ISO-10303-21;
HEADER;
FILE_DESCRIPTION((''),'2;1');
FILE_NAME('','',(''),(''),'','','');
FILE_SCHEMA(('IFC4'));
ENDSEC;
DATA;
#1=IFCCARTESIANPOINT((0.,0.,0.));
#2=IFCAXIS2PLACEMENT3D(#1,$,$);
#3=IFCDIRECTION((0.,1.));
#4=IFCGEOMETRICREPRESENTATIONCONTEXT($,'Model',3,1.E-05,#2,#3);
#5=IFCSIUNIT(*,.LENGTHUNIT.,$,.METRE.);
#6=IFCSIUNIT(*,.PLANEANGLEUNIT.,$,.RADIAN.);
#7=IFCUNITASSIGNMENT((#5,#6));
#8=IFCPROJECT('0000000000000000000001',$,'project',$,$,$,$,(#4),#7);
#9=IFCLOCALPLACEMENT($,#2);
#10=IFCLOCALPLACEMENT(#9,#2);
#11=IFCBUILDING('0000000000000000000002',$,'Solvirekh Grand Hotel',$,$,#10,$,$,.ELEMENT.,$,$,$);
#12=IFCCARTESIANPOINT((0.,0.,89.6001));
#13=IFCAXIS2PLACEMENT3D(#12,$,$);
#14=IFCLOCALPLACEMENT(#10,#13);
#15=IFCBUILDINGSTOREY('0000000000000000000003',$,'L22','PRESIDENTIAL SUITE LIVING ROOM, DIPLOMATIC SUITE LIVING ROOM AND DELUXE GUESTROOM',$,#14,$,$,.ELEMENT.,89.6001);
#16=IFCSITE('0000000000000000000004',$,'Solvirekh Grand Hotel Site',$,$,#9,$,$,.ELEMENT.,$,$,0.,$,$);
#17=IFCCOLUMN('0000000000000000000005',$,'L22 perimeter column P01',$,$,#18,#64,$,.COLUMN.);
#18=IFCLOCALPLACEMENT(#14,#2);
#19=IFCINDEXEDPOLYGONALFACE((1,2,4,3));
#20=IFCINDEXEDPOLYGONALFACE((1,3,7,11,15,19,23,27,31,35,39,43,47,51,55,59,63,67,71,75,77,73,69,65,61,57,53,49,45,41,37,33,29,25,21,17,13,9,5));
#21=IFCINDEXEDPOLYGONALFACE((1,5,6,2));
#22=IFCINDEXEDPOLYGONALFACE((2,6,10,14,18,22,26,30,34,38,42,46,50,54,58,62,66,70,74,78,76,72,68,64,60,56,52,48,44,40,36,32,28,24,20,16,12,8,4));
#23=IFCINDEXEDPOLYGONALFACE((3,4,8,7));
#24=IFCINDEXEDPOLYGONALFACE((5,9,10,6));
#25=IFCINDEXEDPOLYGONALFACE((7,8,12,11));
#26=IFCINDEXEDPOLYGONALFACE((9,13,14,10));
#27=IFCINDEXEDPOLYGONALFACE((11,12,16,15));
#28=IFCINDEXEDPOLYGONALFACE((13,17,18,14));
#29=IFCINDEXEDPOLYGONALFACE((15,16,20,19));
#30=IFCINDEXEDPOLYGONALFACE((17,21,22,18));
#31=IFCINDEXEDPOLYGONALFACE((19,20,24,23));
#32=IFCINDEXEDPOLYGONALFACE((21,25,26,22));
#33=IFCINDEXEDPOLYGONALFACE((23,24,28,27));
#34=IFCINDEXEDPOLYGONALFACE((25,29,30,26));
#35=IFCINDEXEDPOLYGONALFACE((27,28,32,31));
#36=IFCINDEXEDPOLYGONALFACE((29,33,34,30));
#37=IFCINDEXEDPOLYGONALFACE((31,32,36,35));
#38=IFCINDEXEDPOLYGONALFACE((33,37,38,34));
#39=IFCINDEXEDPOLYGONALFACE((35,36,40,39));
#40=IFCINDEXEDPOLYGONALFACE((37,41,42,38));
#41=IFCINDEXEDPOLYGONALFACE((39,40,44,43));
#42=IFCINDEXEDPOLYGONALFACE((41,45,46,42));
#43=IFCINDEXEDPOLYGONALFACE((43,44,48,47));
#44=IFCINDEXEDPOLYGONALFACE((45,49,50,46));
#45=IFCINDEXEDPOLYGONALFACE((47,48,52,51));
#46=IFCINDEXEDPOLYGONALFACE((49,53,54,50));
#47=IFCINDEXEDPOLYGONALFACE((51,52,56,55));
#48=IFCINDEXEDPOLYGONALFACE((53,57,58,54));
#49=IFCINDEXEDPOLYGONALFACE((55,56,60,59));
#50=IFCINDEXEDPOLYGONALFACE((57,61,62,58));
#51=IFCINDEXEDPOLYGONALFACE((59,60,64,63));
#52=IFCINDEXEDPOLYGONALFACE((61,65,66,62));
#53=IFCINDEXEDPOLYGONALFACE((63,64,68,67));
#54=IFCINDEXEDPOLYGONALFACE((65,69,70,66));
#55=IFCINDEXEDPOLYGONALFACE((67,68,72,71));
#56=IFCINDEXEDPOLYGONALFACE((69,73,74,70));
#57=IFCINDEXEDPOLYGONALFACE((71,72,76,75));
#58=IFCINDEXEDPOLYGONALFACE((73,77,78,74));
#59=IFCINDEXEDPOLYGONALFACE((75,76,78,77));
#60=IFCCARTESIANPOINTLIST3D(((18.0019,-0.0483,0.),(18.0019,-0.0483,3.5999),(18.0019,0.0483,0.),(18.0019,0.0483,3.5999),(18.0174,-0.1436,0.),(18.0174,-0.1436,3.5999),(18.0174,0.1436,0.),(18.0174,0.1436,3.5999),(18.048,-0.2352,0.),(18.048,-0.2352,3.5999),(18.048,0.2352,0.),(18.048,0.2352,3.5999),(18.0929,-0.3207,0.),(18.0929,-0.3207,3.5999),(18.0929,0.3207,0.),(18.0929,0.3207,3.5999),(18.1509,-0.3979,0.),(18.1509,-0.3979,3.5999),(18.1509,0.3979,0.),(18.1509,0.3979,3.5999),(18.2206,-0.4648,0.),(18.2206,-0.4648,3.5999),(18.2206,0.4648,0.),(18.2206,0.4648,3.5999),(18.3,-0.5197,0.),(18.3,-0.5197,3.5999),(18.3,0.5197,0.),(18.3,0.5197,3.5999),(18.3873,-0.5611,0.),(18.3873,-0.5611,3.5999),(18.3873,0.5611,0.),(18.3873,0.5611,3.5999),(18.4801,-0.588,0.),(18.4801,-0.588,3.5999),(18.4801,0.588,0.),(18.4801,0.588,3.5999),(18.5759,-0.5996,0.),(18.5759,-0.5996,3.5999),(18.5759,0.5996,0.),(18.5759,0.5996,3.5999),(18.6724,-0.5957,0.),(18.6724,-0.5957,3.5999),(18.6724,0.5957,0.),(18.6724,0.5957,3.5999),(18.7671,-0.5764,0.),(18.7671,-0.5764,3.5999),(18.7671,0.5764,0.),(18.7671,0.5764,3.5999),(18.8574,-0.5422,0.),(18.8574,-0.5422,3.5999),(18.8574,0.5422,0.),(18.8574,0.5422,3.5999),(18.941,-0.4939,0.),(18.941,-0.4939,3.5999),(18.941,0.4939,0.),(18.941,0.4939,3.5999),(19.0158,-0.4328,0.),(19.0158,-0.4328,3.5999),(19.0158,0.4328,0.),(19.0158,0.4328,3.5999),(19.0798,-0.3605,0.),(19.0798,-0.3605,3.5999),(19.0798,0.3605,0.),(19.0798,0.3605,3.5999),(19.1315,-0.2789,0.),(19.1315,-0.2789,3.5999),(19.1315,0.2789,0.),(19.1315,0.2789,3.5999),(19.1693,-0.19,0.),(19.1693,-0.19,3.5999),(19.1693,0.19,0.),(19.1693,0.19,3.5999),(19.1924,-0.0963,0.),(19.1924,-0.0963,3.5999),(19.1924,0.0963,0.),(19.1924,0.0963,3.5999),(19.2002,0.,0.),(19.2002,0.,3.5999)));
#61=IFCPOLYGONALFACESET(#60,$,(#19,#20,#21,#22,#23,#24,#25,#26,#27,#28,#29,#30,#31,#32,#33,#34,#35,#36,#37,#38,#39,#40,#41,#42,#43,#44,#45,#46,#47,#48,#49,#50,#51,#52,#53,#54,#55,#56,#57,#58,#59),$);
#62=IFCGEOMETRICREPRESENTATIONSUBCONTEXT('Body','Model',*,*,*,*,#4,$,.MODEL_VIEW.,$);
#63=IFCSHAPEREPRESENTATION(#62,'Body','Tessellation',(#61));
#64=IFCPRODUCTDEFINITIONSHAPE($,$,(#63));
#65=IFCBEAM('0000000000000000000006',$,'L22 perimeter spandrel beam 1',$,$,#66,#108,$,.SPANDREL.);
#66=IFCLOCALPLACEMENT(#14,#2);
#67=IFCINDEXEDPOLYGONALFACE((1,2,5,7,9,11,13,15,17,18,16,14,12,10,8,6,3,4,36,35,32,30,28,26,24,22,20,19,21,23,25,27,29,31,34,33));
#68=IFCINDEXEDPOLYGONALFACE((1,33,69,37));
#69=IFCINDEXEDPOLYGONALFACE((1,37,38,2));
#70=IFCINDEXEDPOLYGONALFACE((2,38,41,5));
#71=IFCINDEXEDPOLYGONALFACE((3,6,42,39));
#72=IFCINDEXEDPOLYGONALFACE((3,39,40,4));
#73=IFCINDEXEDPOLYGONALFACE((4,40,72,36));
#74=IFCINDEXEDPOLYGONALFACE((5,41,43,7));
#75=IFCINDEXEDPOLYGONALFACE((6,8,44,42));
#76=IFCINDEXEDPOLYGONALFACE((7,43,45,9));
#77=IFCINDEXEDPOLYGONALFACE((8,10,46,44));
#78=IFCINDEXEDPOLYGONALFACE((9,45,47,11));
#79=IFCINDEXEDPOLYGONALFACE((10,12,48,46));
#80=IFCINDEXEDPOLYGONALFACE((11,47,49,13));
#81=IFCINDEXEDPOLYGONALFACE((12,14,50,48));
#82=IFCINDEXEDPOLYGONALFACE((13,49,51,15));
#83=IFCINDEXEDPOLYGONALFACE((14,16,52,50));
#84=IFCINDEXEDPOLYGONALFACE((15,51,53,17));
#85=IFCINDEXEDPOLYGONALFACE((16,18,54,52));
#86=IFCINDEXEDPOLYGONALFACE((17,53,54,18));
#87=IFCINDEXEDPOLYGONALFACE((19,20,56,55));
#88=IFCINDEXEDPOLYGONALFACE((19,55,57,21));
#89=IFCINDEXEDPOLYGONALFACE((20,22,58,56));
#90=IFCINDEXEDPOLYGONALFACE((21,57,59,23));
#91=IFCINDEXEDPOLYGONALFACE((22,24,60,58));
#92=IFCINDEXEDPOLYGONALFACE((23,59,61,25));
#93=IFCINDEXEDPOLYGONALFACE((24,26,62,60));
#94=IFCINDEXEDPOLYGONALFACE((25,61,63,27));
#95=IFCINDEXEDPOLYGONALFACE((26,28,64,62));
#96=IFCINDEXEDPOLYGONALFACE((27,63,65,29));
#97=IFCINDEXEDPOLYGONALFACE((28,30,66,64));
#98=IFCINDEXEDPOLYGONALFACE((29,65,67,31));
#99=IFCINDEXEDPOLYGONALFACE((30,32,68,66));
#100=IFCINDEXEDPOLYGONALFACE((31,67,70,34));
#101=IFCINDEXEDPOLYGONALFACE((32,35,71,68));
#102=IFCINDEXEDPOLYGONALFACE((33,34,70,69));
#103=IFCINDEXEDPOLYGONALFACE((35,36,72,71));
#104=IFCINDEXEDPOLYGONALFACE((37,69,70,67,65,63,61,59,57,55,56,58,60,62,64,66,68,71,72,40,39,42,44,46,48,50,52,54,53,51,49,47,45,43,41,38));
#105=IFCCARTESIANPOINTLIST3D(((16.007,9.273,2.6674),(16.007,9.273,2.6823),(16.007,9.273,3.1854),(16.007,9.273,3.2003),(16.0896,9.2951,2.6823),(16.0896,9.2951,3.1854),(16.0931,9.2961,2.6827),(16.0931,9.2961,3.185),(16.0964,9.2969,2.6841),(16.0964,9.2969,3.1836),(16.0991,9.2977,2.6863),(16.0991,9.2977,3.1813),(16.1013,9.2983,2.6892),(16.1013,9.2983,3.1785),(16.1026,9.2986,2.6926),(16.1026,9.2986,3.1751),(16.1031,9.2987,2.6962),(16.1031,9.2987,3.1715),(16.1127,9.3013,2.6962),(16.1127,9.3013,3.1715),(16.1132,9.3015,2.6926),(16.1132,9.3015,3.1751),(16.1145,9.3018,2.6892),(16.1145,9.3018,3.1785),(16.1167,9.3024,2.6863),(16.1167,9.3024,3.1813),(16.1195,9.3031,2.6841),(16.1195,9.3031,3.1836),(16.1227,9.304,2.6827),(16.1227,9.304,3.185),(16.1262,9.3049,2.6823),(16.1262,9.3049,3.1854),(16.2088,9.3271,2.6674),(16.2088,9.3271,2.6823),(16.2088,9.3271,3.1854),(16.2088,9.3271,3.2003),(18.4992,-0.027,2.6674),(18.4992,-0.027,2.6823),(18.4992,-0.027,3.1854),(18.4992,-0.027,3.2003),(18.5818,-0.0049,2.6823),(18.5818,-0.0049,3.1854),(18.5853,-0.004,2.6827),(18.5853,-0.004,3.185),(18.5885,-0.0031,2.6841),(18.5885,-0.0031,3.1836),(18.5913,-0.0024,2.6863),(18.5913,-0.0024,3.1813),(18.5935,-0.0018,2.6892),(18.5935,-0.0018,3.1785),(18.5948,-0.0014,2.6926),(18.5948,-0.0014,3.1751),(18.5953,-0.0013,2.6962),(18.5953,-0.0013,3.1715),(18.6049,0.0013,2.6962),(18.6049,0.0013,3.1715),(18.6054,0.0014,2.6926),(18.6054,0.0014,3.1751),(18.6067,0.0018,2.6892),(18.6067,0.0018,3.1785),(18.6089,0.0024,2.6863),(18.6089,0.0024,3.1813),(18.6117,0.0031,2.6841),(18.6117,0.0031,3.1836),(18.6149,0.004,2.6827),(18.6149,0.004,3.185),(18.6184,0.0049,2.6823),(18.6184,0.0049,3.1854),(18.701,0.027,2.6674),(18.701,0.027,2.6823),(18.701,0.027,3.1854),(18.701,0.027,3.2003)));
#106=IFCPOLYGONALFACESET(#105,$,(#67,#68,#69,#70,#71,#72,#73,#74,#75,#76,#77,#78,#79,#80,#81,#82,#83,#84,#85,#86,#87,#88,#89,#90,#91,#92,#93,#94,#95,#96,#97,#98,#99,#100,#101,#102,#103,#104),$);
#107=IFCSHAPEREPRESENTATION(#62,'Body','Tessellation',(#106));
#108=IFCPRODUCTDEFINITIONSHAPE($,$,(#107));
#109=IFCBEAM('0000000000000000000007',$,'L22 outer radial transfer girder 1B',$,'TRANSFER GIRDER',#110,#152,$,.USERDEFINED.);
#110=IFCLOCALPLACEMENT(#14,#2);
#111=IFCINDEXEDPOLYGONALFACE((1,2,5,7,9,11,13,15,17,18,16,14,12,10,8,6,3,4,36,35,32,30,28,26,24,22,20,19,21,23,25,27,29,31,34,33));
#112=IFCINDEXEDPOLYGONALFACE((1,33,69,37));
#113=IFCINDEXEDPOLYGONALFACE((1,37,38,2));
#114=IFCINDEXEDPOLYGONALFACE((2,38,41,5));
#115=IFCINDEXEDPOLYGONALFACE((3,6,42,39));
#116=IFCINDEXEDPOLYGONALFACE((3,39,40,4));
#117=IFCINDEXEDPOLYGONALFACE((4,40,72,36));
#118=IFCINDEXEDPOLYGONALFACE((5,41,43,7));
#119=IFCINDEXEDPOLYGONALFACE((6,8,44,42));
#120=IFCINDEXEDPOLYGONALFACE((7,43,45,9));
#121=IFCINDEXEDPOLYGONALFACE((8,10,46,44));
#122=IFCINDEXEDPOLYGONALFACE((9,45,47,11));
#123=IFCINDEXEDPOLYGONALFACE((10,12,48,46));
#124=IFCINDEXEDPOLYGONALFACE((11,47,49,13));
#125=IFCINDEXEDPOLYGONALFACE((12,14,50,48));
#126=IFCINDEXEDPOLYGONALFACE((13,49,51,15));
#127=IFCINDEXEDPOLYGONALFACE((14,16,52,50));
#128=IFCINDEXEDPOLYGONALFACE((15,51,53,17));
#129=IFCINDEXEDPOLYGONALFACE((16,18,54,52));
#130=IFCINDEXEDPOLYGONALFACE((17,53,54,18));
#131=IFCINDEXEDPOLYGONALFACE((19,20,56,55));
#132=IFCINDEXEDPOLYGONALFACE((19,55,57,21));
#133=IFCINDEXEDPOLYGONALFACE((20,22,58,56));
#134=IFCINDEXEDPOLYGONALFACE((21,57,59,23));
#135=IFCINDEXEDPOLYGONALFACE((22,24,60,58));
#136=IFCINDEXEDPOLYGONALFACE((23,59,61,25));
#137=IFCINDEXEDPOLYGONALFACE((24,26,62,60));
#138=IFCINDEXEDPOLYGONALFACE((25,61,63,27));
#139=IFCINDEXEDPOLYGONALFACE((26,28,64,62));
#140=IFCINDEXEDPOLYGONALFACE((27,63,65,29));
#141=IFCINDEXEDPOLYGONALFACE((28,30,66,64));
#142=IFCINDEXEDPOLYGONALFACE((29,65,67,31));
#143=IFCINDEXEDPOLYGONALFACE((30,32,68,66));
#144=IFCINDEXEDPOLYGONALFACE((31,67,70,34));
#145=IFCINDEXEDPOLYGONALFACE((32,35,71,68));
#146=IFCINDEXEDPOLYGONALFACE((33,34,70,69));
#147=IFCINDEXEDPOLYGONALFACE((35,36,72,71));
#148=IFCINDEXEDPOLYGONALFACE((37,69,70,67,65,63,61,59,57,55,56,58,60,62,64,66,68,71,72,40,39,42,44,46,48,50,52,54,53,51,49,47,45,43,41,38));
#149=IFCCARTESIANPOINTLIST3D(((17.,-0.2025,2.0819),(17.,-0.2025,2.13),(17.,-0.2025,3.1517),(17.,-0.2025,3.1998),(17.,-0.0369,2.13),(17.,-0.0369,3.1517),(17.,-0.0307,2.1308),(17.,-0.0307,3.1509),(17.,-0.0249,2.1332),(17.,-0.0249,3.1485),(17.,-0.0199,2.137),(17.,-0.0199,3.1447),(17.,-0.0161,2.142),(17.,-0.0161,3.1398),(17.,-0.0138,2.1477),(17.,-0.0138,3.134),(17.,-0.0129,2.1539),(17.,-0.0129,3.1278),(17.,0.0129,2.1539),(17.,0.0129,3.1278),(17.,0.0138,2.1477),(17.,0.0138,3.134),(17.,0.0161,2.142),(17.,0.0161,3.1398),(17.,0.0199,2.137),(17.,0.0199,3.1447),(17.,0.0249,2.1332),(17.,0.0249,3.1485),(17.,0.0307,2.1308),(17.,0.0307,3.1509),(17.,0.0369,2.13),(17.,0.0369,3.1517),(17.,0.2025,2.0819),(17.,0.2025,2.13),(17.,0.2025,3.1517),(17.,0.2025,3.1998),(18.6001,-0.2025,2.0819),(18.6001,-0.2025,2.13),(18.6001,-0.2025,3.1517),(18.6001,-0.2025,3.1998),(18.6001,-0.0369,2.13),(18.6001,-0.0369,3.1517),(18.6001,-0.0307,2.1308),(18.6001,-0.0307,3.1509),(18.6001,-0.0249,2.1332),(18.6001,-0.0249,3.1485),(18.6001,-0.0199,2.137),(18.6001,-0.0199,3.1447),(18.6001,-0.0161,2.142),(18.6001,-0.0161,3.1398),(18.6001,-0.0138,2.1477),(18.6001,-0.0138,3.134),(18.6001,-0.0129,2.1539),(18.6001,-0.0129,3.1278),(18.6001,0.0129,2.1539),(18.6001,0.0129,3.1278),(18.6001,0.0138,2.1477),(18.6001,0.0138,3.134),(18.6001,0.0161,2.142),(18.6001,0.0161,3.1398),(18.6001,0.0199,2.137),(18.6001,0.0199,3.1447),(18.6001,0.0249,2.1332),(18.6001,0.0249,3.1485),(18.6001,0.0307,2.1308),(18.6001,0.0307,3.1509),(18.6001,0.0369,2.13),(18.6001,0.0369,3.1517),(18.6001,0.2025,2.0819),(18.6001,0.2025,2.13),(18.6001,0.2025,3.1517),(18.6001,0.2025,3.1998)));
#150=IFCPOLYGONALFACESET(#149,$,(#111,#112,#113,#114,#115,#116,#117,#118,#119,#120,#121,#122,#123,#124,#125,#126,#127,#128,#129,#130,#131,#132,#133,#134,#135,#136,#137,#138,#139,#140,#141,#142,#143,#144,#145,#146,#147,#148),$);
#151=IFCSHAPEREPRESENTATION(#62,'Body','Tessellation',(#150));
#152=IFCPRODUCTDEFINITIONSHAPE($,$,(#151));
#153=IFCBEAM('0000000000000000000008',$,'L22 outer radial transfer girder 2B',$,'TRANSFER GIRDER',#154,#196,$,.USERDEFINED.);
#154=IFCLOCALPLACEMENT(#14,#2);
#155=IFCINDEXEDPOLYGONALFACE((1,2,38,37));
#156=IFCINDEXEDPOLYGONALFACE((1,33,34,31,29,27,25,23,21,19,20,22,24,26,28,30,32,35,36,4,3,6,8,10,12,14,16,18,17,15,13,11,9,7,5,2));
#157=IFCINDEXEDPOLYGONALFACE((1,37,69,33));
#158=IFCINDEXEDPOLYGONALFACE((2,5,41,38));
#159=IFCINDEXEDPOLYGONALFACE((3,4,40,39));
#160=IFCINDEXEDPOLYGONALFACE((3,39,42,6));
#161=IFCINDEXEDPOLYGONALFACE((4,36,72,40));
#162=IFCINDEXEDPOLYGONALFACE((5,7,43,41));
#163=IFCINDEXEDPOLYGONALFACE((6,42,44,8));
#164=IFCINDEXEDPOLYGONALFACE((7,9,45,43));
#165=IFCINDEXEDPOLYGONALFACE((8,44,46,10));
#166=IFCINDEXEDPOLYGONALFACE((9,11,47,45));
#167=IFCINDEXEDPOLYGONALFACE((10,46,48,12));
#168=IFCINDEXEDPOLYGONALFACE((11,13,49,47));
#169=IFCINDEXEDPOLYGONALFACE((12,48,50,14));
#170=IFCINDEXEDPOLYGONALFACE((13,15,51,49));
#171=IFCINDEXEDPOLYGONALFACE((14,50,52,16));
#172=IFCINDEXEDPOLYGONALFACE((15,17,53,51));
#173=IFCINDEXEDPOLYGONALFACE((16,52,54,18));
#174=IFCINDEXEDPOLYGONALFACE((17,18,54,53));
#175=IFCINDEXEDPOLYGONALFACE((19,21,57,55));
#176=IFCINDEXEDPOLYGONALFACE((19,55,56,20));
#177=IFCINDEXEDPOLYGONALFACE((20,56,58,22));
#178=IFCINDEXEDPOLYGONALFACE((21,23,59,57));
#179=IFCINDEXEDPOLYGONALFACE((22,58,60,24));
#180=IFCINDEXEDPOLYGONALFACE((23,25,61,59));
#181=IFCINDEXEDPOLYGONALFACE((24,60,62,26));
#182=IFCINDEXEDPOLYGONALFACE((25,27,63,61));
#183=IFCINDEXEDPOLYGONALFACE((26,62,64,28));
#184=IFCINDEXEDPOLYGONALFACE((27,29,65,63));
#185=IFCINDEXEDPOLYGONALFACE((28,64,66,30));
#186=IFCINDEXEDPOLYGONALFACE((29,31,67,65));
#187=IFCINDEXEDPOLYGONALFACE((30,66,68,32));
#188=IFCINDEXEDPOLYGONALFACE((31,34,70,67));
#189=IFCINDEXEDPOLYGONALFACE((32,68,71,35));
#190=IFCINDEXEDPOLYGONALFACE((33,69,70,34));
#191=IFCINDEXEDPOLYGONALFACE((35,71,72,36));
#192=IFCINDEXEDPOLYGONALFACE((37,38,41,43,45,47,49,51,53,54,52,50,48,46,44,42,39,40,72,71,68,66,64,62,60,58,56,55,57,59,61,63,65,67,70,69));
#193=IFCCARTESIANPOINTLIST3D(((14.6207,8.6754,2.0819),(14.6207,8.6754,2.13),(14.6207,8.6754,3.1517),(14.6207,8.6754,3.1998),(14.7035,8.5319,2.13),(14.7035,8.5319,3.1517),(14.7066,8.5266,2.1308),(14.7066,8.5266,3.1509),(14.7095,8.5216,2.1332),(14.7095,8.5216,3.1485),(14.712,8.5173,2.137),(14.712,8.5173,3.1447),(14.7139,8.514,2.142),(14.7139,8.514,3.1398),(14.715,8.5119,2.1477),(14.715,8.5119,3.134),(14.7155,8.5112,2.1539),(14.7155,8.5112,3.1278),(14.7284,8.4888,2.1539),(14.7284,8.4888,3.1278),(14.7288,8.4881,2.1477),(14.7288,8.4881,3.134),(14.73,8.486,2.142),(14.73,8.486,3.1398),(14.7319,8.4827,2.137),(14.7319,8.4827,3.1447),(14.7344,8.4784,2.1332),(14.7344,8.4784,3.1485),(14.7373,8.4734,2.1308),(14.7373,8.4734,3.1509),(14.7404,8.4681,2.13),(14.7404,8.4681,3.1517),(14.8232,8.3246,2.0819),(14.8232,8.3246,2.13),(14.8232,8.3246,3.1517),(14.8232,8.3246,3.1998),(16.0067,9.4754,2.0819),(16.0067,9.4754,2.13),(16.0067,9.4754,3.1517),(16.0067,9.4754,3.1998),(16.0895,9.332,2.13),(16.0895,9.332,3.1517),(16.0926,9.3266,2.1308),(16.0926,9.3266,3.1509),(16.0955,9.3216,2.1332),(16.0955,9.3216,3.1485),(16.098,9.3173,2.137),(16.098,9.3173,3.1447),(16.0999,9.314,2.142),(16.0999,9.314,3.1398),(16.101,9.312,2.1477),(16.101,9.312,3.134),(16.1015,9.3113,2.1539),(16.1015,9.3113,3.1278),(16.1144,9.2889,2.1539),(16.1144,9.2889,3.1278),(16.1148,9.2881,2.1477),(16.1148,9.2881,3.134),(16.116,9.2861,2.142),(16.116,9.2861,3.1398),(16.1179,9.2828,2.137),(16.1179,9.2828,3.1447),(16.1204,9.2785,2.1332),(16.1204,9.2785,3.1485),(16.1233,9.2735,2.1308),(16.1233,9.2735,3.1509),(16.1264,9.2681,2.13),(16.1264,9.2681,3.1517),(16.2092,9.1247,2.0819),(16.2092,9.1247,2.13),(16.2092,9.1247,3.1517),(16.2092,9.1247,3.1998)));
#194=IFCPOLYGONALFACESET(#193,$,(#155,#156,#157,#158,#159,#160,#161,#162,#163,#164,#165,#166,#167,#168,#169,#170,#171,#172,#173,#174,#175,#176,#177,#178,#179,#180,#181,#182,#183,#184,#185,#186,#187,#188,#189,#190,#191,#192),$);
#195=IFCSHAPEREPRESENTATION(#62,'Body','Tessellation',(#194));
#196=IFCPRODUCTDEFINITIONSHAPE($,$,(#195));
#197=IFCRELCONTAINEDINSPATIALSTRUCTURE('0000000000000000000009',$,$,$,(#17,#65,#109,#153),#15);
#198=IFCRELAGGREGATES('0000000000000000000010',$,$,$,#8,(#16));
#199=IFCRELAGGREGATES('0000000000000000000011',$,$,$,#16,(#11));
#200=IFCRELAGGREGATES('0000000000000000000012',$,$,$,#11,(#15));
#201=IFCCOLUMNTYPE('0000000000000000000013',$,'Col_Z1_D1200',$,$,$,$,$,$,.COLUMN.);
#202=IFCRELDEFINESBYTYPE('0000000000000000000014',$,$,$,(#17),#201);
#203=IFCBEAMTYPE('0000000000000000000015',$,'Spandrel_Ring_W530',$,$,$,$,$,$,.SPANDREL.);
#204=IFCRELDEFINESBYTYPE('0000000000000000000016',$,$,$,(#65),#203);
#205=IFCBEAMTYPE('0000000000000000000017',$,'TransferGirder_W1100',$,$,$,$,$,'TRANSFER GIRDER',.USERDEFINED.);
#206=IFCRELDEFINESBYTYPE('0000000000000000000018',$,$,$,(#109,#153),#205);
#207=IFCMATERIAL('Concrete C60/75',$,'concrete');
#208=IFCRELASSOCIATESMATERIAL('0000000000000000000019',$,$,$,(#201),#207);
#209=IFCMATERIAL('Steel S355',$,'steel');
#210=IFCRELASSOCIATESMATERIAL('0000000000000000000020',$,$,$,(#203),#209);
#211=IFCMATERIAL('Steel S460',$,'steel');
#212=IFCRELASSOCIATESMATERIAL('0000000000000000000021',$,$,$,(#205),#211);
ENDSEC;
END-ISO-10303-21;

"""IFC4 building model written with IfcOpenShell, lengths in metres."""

from ifc_helpers import new_model, si_unit, direction, frame, origin, origin_2d, place, context, subcontext, project, spatial, circle, i_section, extrude, material, material_profile, profile_set, type_object, element, save


model = new_model("IFC4")

# Units and contexts
model_context = context("Model", 3, precision=1e-05, world=origin(), true_north=direction((0.0, 1.0)))
body_context = subcontext(model_context, "Body", "Model", "MODEL_VIEW")
ifc_project = project(units=[si_unit("LENGTHUNIT", "METRE"), si_unit("PLANEANGLEUNIT", "RADIAN")], contexts=[model_context])

# Site, building, storey
site_placement = place(None, origin())
site = spatial("IfcSite", under=ifc_project, at=site_placement, Name="Solvirekh Grand Hotel Site", CompositionType="ELEMENT", RefElevation=0.0)
building_placement = place(site_placement, origin())
building = spatial("IfcBuilding", under=site, at=building_placement, Name="Solvirekh Grand Hotel", CompositionType="ELEMENT")
storey_placement = place(building_placement, frame((0.0, 0.0, 89.6001)))
storey = spatial("IfcBuildingStorey", under=building, at=storey_placement, Name="L22", Description="PRESIDENTIAL SUITE LIVING ROOM, DIPLOMATIC SUITE LIVING ROOM AND DELUXE GUESTROOM", CompositionType="ELEMENT", Elevation=89.6001)

# Column
ifc_material_1 = material(Name="Concrete C60/75", Category="concrete")
ifc_material_profile_1 = material_profile(ifc_material_1, circle(Radius=0.6001, at=origin_2d()), Name="RC CIRC D1200")
ifc_profile_set_1 = profile_set([ifc_material_profile_1], Name="Concrete C60/75")
column_type = type_object("IfcColumnType", Name="Col_Z1_D1200", PredefinedType="COLUMN", material=ifc_profile_set_1)
column_placement = place(storey_placement, frame((18.6001, 0.0, 0.0), z_axis=(0.0, 0.0, 1.0), x_axis=(1.0, 0.0, 0.0)))
element("IfcColumn", 1, at=column_placement, inside=storey, type_object=column_type, Name="L22 perimeter column P01", PredefinedType="COLUMN", context=body_context, shape_type="SweptSolid", body=[
    extrude(circle(Radius=0.6001, at=origin_2d()), origin(), (0.0, 0.0, 1.0), 3.5999),
])

# Beams
ifc_material_2 = material(Name="Steel S355", Category="steel")
ifc_material_profile_2 = material_profile(ifc_material_2, i_section(OverallWidth=0.209, OverallDepth=0.533, WebThickness=0.01, FlangeThickness=0.0149, FilletRadius=0.0139, at=origin_2d()), Name="W530X92")
ifc_profile_set_2 = profile_set([ifc_material_profile_2], Name="Steel S355")
beam_type_1 = type_object("IfcBeamType", Name="Spandrel_Ring_W530", PredefinedType="SPANDREL", material=ifc_profile_set_2)
beam_1_placement = place(storey_placement, frame((18.6001, 0.0, 2.9338), z_axis=(-0.258843, 0.965919, 0.0), x_axis=(-0.965919, -0.258843, 0.0)))
element("IfcBeam", 2, at=beam_1_placement, inside=storey, type_object=beam_type_1, Name="L22 perimeter spandrel beam 1", PredefinedType="SPANDREL", context=body_context, shape_type="SweptSolid", body=[
    extrude(i_section(OverallWidth=0.209, OverallDepth=0.533, WebThickness=0.01, FlangeThickness=0.0149, FilletRadius=0.0139, at=origin_2d()), origin(), (0.0, 0.0, 1.0), 9.6282),
])
ifc_material_3 = material(Name="Steel S460", Category="steel")
ifc_material_profile_3 = material_profile(ifc_material_3, i_section(OverallWidth=0.405, OverallDepth=1.1179, WebThickness=0.0259, FlangeThickness=0.0481, FilletRadius=0.0239, at=origin_2d()), Name="W1100X499")
ifc_profile_set_3 = profile_set([ifc_material_profile_3], Name="Steel S460")
beam_type_2 = type_object("IfcBeamType", Name="TransferGirder_W1100", ElementType="TRANSFER GIRDER", PredefinedType="USERDEFINED", material=ifc_profile_set_3)
beam_2_placement = place(storey_placement, frame((17.0, 0.0, 2.6409), z_axis=(1.0, 0.0, 0.0), x_axis=(0.0, 1.0, 0.0)))
element("IfcBeam", 3, at=beam_2_placement, inside=storey, type_object=beam_type_2, Name="L22 outer radial transfer girder 1B", ObjectType="TRANSFER GIRDER", PredefinedType="USERDEFINED", context=body_context, shape_type="SweptSolid", body=[
    extrude(i_section(OverallWidth=0.405, OverallDepth=1.1179, WebThickness=0.0259, FlangeThickness=0.0481, FilletRadius=0.0239, at=origin_2d()), origin(), (0.0, 0.0, 1.0), 1.6001),
])
beam_3_placement = place(storey_placement, frame((14.7219, 8.5, 2.6409), z_axis=(0.866066, 0.499929, 0.0), x_axis=(-0.499929, 0.866066, 0.0)))
element("IfcBeam", 4, at=beam_3_placement, inside=storey, type_object=beam_type_2, Name="L22 outer radial transfer girder 2B", ObjectType="TRANSFER GIRDER", PredefinedType="USERDEFINED", context=body_context, shape_type="SweptSolid", body=[
    extrude(i_section(OverallWidth=0.405, OverallDepth=1.1179, WebThickness=0.0259, FlangeThickness=0.0481, FilletRadius=0.0239, at=origin_2d()), origin(), (0.0, 0.0, 1.0), 1.6003),
])

save(model, "model.ifc")
